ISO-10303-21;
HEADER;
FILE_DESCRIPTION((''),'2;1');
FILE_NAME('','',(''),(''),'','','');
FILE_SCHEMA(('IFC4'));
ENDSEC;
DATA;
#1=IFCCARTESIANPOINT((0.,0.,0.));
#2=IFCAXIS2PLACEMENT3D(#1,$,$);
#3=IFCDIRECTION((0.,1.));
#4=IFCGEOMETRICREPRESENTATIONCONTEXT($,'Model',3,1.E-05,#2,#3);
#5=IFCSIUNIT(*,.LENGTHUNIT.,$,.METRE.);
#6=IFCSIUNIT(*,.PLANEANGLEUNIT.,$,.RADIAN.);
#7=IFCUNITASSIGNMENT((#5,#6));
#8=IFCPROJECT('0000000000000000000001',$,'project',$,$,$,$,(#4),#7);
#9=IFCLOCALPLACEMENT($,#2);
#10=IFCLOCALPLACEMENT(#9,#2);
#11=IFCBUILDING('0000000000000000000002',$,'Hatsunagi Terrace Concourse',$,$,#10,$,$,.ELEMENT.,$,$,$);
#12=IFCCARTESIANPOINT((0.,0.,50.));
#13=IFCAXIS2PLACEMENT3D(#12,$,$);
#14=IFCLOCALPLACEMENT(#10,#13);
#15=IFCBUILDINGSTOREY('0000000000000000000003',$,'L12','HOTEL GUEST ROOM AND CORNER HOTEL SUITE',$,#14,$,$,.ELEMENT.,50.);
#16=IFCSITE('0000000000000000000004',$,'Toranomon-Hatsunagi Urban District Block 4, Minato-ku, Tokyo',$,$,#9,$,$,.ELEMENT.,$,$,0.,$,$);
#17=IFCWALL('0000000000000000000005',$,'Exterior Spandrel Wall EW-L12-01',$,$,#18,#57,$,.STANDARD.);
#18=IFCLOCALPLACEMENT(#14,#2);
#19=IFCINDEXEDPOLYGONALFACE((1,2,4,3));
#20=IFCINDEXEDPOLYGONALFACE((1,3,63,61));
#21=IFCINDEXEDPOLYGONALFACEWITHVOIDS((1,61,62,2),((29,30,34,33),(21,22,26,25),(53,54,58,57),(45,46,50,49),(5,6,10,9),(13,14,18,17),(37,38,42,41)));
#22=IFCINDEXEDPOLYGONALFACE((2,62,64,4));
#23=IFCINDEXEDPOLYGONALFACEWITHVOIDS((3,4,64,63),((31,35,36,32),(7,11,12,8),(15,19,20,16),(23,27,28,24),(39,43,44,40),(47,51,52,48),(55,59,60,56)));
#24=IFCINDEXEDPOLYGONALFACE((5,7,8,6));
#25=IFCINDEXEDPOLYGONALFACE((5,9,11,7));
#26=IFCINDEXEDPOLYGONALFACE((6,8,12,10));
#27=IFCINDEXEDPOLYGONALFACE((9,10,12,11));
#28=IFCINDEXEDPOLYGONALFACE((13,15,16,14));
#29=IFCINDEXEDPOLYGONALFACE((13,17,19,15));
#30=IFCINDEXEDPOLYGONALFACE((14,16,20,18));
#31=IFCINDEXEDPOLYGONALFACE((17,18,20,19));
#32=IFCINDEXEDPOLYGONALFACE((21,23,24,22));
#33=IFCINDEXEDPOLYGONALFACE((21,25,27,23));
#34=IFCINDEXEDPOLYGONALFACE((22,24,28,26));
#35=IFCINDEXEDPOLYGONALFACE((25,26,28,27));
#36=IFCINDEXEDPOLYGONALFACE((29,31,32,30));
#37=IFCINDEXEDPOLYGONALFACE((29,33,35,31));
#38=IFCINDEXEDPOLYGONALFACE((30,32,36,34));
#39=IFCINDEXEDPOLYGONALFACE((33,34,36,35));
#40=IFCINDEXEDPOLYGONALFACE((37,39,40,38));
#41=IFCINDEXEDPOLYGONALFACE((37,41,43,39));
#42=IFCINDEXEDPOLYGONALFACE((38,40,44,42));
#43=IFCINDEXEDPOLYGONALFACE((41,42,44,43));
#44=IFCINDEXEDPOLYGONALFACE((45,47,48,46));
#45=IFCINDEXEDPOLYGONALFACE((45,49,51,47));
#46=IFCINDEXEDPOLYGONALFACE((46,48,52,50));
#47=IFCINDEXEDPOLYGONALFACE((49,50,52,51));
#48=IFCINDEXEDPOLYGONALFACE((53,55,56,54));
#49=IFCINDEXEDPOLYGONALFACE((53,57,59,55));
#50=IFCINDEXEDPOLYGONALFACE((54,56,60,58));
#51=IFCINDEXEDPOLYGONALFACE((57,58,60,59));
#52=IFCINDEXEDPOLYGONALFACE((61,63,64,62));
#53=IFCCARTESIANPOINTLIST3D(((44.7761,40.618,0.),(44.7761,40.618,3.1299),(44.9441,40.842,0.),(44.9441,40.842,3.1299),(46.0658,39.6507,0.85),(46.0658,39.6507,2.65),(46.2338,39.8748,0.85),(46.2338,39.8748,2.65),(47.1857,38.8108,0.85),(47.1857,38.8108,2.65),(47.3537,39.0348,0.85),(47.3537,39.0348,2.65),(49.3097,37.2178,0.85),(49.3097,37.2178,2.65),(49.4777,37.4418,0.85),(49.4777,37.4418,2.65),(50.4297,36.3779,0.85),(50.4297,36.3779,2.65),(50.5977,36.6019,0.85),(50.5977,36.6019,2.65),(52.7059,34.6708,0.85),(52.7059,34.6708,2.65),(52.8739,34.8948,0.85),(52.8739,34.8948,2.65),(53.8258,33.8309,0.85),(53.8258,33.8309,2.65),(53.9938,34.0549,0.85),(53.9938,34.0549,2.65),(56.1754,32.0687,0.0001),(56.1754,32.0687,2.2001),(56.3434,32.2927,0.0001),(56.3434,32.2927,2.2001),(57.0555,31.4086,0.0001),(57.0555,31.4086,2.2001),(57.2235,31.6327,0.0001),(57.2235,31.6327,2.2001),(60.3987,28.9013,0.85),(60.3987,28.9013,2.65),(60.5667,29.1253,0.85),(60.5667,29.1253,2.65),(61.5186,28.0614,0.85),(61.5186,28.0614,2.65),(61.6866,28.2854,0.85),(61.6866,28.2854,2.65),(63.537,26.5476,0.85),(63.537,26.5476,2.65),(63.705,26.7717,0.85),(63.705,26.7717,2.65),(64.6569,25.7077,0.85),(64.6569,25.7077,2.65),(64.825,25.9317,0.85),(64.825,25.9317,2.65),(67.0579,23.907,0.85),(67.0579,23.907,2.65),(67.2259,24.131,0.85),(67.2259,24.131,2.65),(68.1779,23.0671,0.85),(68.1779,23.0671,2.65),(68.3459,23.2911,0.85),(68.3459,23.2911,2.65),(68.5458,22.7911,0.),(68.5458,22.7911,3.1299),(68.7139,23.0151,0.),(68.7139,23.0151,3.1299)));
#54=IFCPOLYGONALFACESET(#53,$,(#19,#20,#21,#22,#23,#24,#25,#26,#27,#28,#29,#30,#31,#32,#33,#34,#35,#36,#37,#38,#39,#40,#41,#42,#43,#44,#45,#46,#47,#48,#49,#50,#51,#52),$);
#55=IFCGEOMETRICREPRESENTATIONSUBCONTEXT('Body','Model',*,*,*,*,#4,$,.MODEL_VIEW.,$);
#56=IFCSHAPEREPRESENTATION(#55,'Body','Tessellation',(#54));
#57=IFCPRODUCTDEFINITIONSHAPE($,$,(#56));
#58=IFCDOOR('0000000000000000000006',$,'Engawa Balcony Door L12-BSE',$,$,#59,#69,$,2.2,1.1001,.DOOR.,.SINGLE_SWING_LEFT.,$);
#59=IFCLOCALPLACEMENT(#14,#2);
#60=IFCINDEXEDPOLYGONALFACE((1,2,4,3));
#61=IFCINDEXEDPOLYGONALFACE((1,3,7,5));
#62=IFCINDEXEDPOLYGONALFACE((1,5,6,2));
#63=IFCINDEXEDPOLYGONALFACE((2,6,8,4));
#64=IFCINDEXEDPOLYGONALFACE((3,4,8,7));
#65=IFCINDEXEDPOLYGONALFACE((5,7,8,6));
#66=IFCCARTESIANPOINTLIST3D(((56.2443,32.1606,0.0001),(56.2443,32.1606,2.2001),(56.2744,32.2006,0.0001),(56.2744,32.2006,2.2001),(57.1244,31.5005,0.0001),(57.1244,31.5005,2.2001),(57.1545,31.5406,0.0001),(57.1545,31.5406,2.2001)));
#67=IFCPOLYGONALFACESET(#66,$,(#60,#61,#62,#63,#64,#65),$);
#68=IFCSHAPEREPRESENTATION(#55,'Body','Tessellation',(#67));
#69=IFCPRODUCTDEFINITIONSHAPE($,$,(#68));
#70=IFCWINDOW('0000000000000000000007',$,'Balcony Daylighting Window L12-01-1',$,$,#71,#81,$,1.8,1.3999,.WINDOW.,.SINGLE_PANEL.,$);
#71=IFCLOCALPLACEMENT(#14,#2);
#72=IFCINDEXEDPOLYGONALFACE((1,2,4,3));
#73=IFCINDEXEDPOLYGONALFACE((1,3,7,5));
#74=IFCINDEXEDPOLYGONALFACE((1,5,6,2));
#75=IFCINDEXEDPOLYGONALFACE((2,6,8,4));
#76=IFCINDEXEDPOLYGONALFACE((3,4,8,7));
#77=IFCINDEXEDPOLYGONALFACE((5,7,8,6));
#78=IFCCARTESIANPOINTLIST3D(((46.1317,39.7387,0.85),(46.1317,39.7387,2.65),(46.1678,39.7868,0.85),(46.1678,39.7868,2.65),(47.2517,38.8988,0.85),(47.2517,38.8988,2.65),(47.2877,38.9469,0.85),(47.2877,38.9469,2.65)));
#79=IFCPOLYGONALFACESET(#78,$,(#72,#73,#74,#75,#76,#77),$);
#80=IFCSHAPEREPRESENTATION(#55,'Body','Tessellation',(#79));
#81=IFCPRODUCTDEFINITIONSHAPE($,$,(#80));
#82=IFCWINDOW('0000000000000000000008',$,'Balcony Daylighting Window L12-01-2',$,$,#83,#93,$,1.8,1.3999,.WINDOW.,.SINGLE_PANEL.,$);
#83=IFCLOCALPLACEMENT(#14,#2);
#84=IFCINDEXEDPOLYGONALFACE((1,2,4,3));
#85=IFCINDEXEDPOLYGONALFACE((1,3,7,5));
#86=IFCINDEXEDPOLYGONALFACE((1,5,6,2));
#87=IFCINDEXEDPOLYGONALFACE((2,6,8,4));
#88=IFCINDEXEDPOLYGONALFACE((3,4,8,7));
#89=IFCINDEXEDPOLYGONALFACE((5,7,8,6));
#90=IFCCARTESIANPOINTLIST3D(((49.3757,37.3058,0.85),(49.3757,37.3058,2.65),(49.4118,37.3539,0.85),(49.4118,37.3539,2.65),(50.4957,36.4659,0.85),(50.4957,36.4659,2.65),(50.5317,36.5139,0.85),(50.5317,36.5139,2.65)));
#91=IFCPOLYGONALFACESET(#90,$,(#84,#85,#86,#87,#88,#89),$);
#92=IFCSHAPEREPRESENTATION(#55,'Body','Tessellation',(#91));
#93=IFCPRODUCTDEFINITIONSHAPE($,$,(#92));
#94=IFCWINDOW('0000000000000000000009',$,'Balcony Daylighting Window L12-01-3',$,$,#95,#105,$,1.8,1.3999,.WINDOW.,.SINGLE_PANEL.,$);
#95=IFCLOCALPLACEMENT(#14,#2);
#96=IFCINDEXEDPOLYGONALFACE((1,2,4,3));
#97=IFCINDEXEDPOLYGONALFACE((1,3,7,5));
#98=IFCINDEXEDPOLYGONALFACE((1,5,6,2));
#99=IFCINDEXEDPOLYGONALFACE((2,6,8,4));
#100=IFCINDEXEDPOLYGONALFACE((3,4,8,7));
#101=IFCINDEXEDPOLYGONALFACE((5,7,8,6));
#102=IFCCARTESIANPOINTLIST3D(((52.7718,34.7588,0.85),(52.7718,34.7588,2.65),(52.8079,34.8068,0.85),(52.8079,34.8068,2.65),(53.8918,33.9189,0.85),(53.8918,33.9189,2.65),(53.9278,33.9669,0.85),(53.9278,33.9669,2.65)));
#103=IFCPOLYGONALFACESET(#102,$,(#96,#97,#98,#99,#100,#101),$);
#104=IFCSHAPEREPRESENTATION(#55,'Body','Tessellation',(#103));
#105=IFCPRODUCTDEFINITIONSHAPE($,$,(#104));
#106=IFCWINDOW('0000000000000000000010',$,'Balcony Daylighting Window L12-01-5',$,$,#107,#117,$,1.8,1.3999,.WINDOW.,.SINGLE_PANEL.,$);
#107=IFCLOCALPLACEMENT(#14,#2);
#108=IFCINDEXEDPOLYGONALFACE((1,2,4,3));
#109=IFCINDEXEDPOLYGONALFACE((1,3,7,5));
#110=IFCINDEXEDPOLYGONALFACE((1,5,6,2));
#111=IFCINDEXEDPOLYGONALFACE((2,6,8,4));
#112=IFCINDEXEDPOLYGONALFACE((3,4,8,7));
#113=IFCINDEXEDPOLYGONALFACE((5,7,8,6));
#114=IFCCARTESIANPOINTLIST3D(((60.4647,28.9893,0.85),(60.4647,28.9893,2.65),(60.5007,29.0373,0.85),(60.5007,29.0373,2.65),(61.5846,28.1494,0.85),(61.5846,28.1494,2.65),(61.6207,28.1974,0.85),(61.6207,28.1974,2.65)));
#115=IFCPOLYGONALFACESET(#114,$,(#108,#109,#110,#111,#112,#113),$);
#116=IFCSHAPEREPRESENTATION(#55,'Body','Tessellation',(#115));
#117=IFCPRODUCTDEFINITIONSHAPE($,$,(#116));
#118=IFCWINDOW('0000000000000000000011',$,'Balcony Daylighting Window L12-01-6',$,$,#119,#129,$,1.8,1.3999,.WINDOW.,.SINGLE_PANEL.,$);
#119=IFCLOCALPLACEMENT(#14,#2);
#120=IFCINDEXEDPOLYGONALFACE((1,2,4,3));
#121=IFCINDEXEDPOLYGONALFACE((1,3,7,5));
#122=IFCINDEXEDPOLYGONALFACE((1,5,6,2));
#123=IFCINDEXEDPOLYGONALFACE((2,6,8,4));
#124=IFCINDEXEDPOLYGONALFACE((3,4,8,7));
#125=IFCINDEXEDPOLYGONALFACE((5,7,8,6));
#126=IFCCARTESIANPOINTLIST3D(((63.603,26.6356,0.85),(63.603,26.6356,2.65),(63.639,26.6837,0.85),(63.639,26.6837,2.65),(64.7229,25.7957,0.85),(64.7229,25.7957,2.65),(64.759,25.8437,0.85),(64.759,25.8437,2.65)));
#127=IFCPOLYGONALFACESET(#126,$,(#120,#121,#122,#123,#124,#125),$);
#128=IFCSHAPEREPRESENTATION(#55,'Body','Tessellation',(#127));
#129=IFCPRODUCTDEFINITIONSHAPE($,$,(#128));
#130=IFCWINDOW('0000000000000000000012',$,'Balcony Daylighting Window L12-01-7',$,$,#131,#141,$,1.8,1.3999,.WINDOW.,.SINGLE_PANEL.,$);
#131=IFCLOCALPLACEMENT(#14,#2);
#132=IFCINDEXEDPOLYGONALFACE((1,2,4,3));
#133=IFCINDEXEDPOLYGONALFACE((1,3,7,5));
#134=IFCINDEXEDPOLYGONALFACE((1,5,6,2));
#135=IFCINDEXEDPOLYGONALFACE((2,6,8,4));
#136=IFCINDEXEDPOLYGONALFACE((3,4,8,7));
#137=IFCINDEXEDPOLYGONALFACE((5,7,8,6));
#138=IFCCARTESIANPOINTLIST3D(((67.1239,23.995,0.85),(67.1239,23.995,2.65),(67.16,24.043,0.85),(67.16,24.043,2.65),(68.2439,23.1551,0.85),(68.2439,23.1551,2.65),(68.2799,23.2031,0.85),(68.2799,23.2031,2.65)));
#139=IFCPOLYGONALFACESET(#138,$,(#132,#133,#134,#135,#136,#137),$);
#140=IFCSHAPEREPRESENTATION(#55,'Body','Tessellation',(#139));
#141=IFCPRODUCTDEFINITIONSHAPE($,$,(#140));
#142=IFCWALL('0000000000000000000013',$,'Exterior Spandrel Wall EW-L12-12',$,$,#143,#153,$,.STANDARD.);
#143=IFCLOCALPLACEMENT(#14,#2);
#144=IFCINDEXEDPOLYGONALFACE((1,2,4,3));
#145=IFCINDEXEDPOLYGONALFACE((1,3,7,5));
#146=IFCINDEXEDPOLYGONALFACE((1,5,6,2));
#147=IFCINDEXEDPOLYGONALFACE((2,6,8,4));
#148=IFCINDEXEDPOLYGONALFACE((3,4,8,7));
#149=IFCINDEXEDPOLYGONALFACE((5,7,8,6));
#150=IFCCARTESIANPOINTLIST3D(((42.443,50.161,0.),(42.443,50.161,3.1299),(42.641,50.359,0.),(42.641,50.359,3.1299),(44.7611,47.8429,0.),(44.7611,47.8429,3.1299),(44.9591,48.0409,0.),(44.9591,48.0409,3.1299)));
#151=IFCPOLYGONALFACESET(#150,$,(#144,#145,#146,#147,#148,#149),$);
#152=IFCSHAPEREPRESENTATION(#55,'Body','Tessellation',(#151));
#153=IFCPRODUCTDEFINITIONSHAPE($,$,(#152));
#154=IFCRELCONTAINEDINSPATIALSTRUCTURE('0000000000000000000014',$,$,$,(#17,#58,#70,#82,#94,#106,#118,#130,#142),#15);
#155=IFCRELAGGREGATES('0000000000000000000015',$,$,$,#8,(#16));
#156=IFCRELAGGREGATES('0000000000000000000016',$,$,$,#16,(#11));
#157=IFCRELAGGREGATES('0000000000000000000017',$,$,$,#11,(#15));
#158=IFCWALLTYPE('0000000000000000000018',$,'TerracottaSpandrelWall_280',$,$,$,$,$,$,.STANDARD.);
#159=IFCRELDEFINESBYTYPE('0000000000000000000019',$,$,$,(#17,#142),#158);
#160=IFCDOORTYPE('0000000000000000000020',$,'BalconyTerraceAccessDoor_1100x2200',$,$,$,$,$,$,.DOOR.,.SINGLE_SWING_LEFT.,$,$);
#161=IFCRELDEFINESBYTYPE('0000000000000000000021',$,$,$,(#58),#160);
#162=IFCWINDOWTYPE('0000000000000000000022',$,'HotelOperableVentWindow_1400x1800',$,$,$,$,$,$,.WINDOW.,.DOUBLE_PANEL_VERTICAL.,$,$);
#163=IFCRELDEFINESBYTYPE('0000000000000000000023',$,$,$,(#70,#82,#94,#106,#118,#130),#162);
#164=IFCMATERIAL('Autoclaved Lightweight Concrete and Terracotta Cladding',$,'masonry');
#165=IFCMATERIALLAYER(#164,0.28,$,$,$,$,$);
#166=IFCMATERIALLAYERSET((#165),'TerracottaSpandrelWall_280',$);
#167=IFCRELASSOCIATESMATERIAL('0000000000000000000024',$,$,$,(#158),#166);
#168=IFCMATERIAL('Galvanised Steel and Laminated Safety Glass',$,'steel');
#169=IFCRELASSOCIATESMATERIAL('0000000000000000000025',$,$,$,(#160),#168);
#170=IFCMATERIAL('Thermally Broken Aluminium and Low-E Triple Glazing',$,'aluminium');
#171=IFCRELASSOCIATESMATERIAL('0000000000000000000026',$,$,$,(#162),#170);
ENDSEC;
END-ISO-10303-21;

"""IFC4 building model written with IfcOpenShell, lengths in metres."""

from ifc_helpers import new_model, si_unit, direction, frame, frame_2d, origin, place, context, subcontext, project, spatial, rectangle, extrude, material, layer, layer_set, type_object, element, fill, save


model = new_model("IFC4")

# Units and contexts
model_context = context("Model", 3, precision=1e-05, world=origin(), true_north=direction((0.0, 1.0)))
body_context = subcontext(model_context, "Body", "Model", "MODEL_VIEW")
ifc_project = project(units=[si_unit("LENGTHUNIT", "METRE"), si_unit("PLANEANGLEUNIT", "RADIAN")], contexts=[model_context])

# Site, building, storey
site_placement = place(None, origin())
site = spatial("IfcSite", under=ifc_project, at=site_placement, Name="Toranomon-Hatsunagi Urban District Block 4, Minato-ku, Tokyo", CompositionType="ELEMENT", RefElevation=0.0)
building_placement = place(site_placement, origin())
building = spatial("IfcBuilding", under=site, at=building_placement, Name="Hatsunagi Terrace Concourse", CompositionType="ELEMENT")
storey_placement = place(building_placement, frame((0.0, 0.0, 50.0)))
storey = spatial("IfcBuildingStorey", under=building, at=storey_placement, Name="L12", Description="HOTEL GUEST ROOM AND CORNER HOTEL SUITE", CompositionType="ELEMENT", Elevation=50.0)

# Wall, openings, door, windows
ifc_material_1 = material(Name="Autoclaved Lightweight Concrete and Terracotta Cladding", Category="masonry")
ifc_layer_1 = layer(ifc_material_1, 0.28)
ifc_layer_set_1 = layer_set([ifc_layer_1], Name="TerracottaSpandrelWall_280")
wall_type_1 = type_object("IfcWallType", Name="TerracottaSpandrelWall_280", PredefinedType="STANDARD", material=ifc_layer_set_1)
wall_1_placement = place(storey_placement, frame((44.8601, 40.73, 0.0), z_axis=(0.0, 0.0, 1.0), x_axis=(0.800007, -0.599991, 0.0)))
wall_1 = element("IfcWall", 1, at=wall_1_placement, inside=storey, type_object=wall_type_1, Name="Exterior Spandrel Wall EW-L12-01", PredefinedType="STANDARD", context=body_context, shape_type="SweptSolid", body=[
    extrude(rectangle(XDim=29.7119, YDim=0.28, at=frame_2d((14.856, 0.0))), origin(), (0.0, 0.0, 1.0), 3.1299),
])
opening_1_placement = place(wall_1_placement, frame((14.249, 0.0, 0.0)))
opening_1 = element("IfcOpeningElement", 2, at=opening_1_placement, cuts=wall_1, PredefinedType="OPENING", context=body_context, shape_type="SweptSolid", body=[
    extrude(rectangle(XDim=1.1001, YDim=2.2, at=frame_2d((0.55, 1.1001))), frame((0.0, 0.1499, 0.0), z_axis=(0.0, -1.0, 0.0), x_axis=(1.0, 0.0, 0.0)), (0.0, 0.0, 1.0), 0.3),
])
opening_2_placement = place(wall_1_placement, frame((1.6121, 0.0, 0.8501)))
opening_2 = element("IfcOpeningElement", 3, at=opening_2_placement, cuts=wall_1, PredefinedType="OPENING", context=body_context, shape_type="SweptSolid", body=[
    extrude(rectangle(XDim=1.3999, YDim=1.8, at=frame_2d((0.7, 0.8999))), frame((0.0, 0.1499, 0.0), z_axis=(0.0, -1.0, 0.0), x_axis=(1.0, 0.0, 0.0)), (0.0, 0.0, 1.0), 0.3),
])
opening_3_placement = place(wall_1_placement, frame((5.667, 0.0, 0.8501)))
opening_3 = element("IfcOpeningElement", 4, at=opening_3_placement, cuts=wall_1, PredefinedType="OPENING", context=body_context, shape_type="SweptSolid", body=[
    extrude(rectangle(XDim=1.3999, YDim=1.8, at=frame_2d((0.7, 0.8999))), frame((0.0, 0.1499, 0.0), z_axis=(0.0, -1.0, 0.0), x_axis=(1.0, 0.0, 0.0)), (0.0, 0.0, 1.0), 0.3),
])
opening_4_placement = place(wall_1_placement, frame((9.9121, 0.0, 0.8501)))
opening_4 = element("IfcOpeningElement", 5, at=opening_4_placement, cuts=wall_1, PredefinedType="OPENING", context=body_context, shape_type="SweptSolid", body=[
    extrude(rectangle(XDim=1.3999, YDim=1.8, at=frame_2d((0.7, 0.8999))), frame((0.0, 0.1499, 0.0), z_axis=(0.0, -1.0, 0.0), x_axis=(1.0, 0.0, 0.0)), (0.0, 0.0, 1.0), 0.3),
])
opening_5_placement = place(wall_1_placement, frame((19.5281, 0.0, 0.8501)))
opening_5 = element("IfcOpeningElement", 6, at=opening_5_placement, cuts=wall_1, PredefinedType="OPENING", context=body_context, shape_type="SweptSolid", body=[
    extrude(rectangle(XDim=1.3999, YDim=1.8, at=frame_2d((0.7, 0.8999))), frame((0.0, 0.1499, 0.0), z_axis=(0.0, -1.0, 0.0), x_axis=(1.0, 0.0, 0.0)), (0.0, 0.0, 1.0), 0.3),
])
opening_6_placement = place(wall_1_placement, frame((23.4509, 0.0, 0.8501)))
opening_6 = element("IfcOpeningElement", 7, at=opening_6_placement, cuts=wall_1, PredefinedType="OPENING", context=body_context, shape_type="SweptSolid", body=[
    extrude(rectangle(XDim=1.3999, YDim=1.8, at=frame_2d((0.7, 0.8999))), frame((0.0, 0.1499, 0.0), z_axis=(0.0, -1.0, 0.0), x_axis=(1.0, 0.0, 0.0)), (0.0, 0.0, 1.0), 0.3),
])
opening_7_placement = place(wall_1_placement, frame((27.8521, 0.0, 0.8501)))
opening_7 = element("IfcOpeningElement", 8, at=opening_7_placement, cuts=wall_1, PredefinedType="OPENING", context=body_context, shape_type="SweptSolid", body=[
    extrude(rectangle(XDim=1.3999, YDim=1.8, at=frame_2d((0.7, 0.8999))), frame((0.0, 0.1499, 0.0), z_axis=(0.0, -1.0, 0.0), x_axis=(1.0, 0.0, 0.0)), (0.0, 0.0, 1.0), 0.3),
])
ifc_material_2 = material(Name="Galvanised Steel and Laminated Safety Glass", Category="steel")
door_type = type_object("IfcDoorType", Name="BalconyTerraceAccessDoor_1100x2200", OperationType="SINGLE_SWING_LEFT", PredefinedType="DOOR", material=ifc_material_2)
door_placement = place(opening_1_placement, origin())
door = element("IfcDoor", 9, at=door_placement, inside=storey, type_object=door_type, Name="Engawa Balcony Door L12-BSE", OperationType="SINGLE_SWING_LEFT", OverallHeight=2.2, OverallWidth=1.1001, PredefinedType="DOOR", context=body_context, shape_type="SweptSolid", body=[
    extrude(rectangle(XDim=1.1001, YDim=2.2, at=frame_2d((0.55, 1.1001))), frame((0.0, 0.0249, 0.0), z_axis=(0.0, -1.0, 0.0), x_axis=(1.0, 0.0, 0.0)), (0.0, 0.0, 1.0), 0.05),
])
fill(opening_1, door)
ifc_material_3 = material(Name="Thermally Broken Aluminium and Low-E Triple Glazing", Category="aluminium")
window_type = type_object("IfcWindowType", Name="HotelOperableVentWindow_1400x1800", PartitioningType="DOUBLE_PANEL_VERTICAL", PredefinedType="WINDOW", material=ifc_material_3)
window_1_placement = place(opening_2_placement, origin())
window_1 = element("IfcWindow", 10, at=window_1_placement, inside=storey, type_object=window_type, Name="Balcony Daylighting Window L12-01-1", OverallHeight=1.8, OverallWidth=1.3999, PartitioningType="SINGLE_PANEL", PredefinedType="WINDOW", context=body_context, shape_type="SweptSolid", body=[
    extrude(rectangle(XDim=1.3999, YDim=1.8, at=frame_2d((0.7, 0.8999))), frame((0.0, 0.03, 0.0), z_axis=(0.0, -1.0, 0.0), x_axis=(1.0, 0.0, 0.0)), (0.0, 0.0, 1.0), 0.0601),
])
fill(opening_2, window_1)
window_2_placement = place(opening_3_placement, origin())
window_2 = element("IfcWindow", 11, at=window_2_placement, inside=storey, type_object=window_type, Name="Balcony Daylighting Window L12-01-2", OverallHeight=1.8, OverallWidth=1.3999, PartitioningType="SINGLE_PANEL", PredefinedType="WINDOW", context=body_context, shape_type="SweptSolid", body=[
    extrude(rectangle(XDim=1.3999, YDim=1.8, at=frame_2d((0.7, 0.8999))), frame((0.0, 0.03, 0.0), z_axis=(0.0, -1.0, 0.0), x_axis=(1.0, 0.0, 0.0)), (0.0, 0.0, 1.0), 0.0601),
])
fill(opening_3, window_2)
window_3_placement = place(opening_4_placement, origin())
window_3 = element("IfcWindow", 12, at=window_3_placement, inside=storey, type_object=window_type, Name="Balcony Daylighting Window L12-01-3", OverallHeight=1.8, OverallWidth=1.3999, PartitioningType="SINGLE_PANEL", PredefinedType="WINDOW", context=body_context, shape_type="SweptSolid", body=[
    extrude(rectangle(XDim=1.3999, YDim=1.8, at=frame_2d((0.7, 0.8999))), frame((0.0, 0.03, 0.0), z_axis=(0.0, -1.0, 0.0), x_axis=(1.0, 0.0, 0.0)), (0.0, 0.0, 1.0), 0.0601),
])
fill(opening_4, window_3)
window_4_placement = place(opening_5_placement, origin())
window_4 = element("IfcWindow", 13, at=window_4_placement, inside=storey, type_object=window_type, Name="Balcony Daylighting Window L12-01-5", OverallHeight=1.8, OverallWidth=1.3999, PartitioningType="SINGLE_PANEL", PredefinedType="WINDOW", context=body_context, shape_type="SweptSolid", body=[
    extrude(rectangle(XDim=1.3999, YDim=1.8, at=frame_2d((0.7, 0.8999))), frame((0.0, 0.03, 0.0), z_axis=(0.0, -1.0, 0.0), x_axis=(1.0, 0.0, 0.0)), (0.0, 0.0, 1.0), 0.0601),
])
fill(opening_5, window_4)
window_5_placement = place(opening_6_placement, origin())
window_5 = element("IfcWindow", 14, at=window_5_placement, inside=storey, type_object=window_type, Name="Balcony Daylighting Window L12-01-6", OverallHeight=1.8, OverallWidth=1.3999, PartitioningType="SINGLE_PANEL", PredefinedType="WINDOW", context=body_context, shape_type="SweptSolid", body=[
    extrude(rectangle(XDim=1.3999, YDim=1.8, at=frame_2d((0.7, 0.8999))), frame((0.0, 0.03, 0.0), z_axis=(0.0, -1.0, 0.0), x_axis=(1.0, 0.0, 0.0)), (0.0, 0.0, 1.0), 0.0601),
])
fill(opening_6, window_5)
window_6_placement = place(opening_7_placement, origin())
window_6 = element("IfcWindow", 15, at=window_6_placement, inside=storey, type_object=window_type, Name="Balcony Daylighting Window L12-01-7", OverallHeight=1.8, OverallWidth=1.3999, PartitioningType="SINGLE_PANEL", PredefinedType="WINDOW", context=body_context, shape_type="SweptSolid", body=[
    extrude(rectangle(XDim=1.3999, YDim=1.8, at=frame_2d((0.7, 0.8999))), frame((0.0, 0.03, 0.0), z_axis=(0.0, -1.0, 0.0), x_axis=(1.0, 0.0, 0.0)), (0.0, 0.0, 1.0), 0.0601),
])
fill(opening_7, window_6)

# Wall
wall_2_placement = place(storey_placement, frame((42.542, 50.26, 0.0), z_axis=(0.0, 0.0, 1.0), x_axis=(0.707107, -0.707107, 0.0)))
element("IfcWall", 16, at=wall_2_placement, inside=storey, type_object=wall_type_1, Name="Exterior Spandrel Wall EW-L12-12", PredefinedType="STANDARD", context=body_context, shape_type="SweptSolid", body=[
    extrude(rectangle(XDim=3.2783, YDim=0.28, at=frame_2d((1.6392, 0.0))), origin(), (0.0, 0.0, 1.0), 3.1299),
])

save(model, "model.ifc")
